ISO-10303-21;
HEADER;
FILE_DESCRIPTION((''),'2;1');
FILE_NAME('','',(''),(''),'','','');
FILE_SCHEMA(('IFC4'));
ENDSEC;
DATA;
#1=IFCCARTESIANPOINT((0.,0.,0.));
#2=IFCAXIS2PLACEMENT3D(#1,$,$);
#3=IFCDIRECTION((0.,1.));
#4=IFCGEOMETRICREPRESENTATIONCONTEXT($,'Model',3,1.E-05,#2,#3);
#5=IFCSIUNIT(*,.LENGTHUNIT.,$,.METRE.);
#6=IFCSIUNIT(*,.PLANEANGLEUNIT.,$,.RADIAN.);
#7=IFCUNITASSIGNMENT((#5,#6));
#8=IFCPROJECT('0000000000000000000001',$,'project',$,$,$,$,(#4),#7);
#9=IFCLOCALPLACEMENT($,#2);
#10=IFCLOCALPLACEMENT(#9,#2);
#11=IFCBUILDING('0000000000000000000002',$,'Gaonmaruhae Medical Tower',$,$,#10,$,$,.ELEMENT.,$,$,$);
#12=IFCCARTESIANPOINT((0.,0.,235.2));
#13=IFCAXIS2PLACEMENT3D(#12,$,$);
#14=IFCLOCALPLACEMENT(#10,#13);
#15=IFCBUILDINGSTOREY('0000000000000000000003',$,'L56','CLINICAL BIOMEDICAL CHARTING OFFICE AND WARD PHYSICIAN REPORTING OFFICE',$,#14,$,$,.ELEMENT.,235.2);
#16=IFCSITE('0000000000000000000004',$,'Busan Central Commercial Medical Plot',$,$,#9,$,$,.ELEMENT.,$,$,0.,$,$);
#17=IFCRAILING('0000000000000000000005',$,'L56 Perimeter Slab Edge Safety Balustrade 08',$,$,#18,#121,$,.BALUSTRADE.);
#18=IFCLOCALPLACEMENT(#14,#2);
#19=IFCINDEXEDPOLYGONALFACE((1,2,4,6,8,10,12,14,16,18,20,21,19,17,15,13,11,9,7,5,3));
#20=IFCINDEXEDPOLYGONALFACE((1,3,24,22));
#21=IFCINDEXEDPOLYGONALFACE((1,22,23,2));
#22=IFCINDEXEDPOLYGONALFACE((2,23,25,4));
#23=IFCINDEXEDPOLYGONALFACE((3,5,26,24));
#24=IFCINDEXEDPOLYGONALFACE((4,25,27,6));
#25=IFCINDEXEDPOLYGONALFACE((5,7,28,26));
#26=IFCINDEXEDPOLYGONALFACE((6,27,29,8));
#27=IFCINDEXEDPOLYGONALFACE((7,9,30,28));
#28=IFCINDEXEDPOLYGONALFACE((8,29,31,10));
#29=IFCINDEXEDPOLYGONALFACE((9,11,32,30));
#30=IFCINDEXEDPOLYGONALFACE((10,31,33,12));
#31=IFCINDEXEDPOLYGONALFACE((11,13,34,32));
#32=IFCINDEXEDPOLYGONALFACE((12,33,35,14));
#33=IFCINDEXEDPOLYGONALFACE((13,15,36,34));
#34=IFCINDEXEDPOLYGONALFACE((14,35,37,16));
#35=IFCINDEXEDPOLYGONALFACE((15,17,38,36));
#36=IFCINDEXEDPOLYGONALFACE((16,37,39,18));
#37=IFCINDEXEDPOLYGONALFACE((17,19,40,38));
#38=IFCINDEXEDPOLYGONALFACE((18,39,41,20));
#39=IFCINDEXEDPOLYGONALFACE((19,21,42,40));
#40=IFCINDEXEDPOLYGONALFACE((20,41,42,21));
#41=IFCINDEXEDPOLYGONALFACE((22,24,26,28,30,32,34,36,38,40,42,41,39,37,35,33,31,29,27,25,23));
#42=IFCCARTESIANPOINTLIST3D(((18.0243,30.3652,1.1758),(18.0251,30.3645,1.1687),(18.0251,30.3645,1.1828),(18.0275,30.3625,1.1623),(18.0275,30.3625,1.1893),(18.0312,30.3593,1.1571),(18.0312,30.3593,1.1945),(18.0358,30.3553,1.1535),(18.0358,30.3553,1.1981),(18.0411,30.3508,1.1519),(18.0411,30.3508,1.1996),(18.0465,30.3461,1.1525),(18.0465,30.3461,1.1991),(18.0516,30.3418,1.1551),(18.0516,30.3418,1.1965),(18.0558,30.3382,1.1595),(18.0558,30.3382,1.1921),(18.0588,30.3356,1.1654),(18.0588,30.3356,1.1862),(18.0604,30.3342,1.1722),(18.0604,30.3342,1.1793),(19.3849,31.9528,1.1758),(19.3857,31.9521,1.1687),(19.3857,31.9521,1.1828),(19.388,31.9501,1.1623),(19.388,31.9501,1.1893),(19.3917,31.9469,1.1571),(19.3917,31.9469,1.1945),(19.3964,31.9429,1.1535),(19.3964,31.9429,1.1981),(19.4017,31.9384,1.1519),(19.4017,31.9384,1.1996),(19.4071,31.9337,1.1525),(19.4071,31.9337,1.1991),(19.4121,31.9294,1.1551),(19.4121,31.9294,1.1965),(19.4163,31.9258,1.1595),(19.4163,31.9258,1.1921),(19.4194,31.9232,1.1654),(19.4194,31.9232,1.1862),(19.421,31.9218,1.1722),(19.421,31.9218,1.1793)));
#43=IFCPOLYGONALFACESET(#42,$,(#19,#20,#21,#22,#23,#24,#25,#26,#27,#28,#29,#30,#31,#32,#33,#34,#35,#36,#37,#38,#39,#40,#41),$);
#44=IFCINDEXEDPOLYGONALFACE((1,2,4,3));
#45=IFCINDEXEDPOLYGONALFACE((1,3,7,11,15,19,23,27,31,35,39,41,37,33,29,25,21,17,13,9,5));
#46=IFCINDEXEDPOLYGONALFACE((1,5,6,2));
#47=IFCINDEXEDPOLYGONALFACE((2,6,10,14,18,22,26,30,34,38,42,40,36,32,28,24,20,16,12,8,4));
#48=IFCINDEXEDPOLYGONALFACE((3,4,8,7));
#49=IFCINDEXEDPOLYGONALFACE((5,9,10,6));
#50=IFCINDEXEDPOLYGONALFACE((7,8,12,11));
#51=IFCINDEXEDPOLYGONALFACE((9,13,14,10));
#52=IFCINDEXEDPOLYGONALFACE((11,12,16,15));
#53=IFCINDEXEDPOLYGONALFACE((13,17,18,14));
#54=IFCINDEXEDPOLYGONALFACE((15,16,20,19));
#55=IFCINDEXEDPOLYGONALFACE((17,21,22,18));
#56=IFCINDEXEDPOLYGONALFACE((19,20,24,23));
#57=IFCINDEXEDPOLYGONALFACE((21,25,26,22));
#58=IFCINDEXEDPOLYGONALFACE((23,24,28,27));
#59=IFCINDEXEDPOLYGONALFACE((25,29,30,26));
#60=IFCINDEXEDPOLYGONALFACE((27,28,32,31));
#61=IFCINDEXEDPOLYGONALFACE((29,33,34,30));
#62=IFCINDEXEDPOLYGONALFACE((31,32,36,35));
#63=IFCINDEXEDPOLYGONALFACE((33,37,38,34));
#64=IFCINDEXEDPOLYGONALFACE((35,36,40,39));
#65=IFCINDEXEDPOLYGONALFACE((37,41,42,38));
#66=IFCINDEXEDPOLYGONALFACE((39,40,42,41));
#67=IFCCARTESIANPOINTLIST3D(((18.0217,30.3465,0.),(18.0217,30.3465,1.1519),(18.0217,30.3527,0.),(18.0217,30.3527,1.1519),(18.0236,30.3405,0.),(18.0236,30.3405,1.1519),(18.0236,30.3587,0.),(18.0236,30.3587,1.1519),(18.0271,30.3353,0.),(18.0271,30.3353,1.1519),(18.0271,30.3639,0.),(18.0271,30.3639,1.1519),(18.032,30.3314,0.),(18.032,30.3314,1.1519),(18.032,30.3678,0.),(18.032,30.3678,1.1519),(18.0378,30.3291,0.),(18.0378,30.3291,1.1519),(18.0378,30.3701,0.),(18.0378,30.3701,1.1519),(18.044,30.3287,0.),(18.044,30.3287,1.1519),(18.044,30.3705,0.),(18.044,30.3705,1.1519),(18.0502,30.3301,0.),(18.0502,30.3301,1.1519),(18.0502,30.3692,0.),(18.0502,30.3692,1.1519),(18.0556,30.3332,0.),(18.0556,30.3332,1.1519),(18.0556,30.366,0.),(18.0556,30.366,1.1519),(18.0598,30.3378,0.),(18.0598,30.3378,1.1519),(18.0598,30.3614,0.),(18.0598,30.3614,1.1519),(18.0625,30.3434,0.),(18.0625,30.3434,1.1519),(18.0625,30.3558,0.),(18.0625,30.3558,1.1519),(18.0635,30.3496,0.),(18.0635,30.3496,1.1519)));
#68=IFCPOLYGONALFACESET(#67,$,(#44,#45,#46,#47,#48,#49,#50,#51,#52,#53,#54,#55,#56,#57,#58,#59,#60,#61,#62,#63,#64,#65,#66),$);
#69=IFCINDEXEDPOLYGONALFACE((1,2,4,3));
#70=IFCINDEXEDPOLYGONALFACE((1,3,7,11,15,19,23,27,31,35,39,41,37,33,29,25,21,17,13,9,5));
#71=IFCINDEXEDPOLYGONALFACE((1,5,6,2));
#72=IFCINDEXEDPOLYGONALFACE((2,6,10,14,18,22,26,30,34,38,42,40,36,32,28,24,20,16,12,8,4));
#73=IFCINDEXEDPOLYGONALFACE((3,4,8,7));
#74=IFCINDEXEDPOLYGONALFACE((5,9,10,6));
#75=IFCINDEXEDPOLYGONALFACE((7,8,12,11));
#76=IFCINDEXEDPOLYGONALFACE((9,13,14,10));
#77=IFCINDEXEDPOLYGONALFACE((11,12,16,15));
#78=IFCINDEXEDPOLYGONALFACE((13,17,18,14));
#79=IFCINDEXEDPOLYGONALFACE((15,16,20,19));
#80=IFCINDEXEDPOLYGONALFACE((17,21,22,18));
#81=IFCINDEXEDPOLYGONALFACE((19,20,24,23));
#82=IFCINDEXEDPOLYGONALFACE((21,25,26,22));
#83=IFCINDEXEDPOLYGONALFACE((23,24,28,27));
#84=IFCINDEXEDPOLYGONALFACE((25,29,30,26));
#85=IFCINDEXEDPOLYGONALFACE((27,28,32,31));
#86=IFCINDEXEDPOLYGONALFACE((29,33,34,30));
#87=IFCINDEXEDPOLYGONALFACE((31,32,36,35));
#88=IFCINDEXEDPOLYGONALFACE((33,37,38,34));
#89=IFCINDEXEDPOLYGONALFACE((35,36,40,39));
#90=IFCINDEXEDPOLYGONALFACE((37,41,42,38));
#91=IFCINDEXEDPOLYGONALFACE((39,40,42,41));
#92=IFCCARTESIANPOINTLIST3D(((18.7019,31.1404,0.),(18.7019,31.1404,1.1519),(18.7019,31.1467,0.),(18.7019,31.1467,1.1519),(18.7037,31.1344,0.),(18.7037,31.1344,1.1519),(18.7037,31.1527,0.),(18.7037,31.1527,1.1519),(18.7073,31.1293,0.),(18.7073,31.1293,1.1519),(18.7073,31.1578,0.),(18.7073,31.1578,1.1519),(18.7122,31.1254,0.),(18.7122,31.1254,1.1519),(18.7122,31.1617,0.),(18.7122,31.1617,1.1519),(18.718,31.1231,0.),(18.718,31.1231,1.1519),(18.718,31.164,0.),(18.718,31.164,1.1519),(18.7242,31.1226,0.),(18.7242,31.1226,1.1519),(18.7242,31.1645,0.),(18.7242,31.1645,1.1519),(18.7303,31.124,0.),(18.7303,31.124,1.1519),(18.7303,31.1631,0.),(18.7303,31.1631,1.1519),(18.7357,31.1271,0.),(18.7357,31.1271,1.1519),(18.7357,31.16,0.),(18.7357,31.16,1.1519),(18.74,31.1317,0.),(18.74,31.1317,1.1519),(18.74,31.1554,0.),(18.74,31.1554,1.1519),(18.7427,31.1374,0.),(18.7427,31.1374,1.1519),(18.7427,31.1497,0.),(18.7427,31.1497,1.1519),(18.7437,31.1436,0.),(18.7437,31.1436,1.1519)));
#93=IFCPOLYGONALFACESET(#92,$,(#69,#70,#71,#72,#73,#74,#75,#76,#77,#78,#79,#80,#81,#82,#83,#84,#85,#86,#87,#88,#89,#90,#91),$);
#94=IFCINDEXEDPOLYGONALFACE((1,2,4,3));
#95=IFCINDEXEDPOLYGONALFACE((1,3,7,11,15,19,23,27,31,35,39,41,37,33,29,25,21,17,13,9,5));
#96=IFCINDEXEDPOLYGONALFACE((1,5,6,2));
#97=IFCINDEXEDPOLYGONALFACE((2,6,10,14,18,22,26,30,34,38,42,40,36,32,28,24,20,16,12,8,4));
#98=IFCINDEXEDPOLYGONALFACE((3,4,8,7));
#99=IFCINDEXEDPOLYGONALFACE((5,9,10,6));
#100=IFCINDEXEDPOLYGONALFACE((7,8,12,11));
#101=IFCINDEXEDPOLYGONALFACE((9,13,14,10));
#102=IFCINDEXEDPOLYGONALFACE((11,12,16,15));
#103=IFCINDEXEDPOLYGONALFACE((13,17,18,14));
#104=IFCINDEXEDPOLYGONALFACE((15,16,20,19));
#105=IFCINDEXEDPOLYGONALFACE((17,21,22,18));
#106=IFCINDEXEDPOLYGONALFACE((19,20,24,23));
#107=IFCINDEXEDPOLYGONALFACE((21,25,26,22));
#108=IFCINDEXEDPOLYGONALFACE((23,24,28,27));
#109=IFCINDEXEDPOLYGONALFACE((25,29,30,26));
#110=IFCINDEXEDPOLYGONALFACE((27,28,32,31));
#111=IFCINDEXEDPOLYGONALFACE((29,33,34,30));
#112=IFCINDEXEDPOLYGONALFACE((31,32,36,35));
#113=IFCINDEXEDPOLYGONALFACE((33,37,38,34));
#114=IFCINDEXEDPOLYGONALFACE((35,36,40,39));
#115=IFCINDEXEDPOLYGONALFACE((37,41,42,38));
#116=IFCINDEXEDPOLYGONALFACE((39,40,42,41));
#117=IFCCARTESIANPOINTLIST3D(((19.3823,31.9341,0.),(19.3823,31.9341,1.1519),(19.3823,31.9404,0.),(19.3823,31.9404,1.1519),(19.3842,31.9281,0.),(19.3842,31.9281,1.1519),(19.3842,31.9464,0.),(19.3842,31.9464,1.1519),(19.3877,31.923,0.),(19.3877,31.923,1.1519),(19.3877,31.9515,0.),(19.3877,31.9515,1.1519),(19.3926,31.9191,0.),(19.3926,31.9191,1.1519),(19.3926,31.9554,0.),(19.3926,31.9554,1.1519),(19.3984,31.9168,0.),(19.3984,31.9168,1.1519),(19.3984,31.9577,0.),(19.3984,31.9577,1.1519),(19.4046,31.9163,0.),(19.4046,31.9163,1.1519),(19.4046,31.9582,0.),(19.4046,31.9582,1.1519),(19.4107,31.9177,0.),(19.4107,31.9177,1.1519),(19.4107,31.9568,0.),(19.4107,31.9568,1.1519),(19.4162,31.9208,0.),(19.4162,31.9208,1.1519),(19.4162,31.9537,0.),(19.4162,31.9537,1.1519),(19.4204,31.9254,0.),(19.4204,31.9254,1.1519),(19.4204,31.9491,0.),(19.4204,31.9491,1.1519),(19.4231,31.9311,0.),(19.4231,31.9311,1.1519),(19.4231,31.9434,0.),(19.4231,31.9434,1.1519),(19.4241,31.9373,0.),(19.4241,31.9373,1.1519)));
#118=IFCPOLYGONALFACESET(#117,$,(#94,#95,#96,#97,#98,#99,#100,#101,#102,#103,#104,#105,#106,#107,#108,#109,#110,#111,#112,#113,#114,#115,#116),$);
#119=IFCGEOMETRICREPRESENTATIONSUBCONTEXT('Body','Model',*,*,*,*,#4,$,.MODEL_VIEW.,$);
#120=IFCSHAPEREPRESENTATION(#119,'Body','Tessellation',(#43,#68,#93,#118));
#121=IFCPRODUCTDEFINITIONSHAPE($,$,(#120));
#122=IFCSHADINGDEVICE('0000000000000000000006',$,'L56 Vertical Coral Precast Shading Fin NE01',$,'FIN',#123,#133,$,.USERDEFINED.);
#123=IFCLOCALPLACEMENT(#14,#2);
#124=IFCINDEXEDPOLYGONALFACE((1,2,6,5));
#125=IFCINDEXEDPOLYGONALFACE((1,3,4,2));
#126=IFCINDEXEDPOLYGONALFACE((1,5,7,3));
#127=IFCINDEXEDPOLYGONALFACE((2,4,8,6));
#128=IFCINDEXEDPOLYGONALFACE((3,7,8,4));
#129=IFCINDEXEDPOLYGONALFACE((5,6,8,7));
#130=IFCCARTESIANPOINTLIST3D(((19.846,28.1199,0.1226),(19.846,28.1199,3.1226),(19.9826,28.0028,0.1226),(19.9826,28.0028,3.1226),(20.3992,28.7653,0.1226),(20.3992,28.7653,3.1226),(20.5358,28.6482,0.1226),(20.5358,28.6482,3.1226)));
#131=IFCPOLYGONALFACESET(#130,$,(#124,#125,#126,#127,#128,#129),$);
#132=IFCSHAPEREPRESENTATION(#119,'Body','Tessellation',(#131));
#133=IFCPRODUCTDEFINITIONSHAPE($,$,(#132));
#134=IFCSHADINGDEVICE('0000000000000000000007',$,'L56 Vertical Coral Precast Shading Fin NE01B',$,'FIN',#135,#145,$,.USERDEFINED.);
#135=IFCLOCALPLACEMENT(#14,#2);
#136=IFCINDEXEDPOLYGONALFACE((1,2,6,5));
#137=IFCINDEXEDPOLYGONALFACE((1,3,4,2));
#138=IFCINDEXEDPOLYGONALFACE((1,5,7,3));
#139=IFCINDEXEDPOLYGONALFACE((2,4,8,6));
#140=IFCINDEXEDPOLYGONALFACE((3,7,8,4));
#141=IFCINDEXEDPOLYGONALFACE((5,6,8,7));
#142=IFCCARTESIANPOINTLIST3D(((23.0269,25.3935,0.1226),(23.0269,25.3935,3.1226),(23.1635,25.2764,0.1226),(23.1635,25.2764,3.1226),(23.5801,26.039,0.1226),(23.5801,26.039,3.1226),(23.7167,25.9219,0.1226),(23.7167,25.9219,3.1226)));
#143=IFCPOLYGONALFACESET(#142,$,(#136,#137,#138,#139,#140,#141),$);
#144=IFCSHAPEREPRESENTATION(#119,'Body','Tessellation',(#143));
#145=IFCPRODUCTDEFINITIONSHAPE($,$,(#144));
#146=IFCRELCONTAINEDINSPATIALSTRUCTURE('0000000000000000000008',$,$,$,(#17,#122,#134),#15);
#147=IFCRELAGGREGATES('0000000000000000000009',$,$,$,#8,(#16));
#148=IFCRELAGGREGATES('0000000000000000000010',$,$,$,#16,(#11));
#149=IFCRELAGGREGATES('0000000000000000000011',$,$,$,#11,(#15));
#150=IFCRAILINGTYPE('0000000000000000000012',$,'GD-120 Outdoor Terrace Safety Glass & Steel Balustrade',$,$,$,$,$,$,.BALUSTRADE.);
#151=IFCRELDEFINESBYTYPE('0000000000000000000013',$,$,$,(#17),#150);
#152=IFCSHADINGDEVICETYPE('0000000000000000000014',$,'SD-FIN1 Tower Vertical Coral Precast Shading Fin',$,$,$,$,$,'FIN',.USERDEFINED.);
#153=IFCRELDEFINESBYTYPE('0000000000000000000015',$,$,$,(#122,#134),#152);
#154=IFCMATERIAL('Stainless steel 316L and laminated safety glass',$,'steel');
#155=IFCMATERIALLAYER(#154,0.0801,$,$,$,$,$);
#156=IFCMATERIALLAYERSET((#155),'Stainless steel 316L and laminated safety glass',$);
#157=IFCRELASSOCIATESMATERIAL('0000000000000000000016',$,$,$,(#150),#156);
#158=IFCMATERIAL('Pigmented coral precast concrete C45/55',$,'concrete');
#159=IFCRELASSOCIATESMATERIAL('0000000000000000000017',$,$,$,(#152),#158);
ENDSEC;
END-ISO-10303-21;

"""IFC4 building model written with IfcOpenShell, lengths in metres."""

from ifc_helpers import new_model, si_unit, direction, frame, origin, origin_2d, place, context, subcontext, project, spatial, rectangle, circle, extrude, material, layer, layer_set, type_object, element, save


model = new_model("IFC4")

# Units and contexts
model_context = context("Model", 3, precision=1e-05, world=origin(), true_north=direction((0.0, 1.0)))
body_context = subcontext(model_context, "Body", "Model", "MODEL_VIEW")
ifc_project = project(units=[si_unit("LENGTHUNIT", "METRE"), si_unit("PLANEANGLEUNIT", "RADIAN")], contexts=[model_context])

# Site, building, storey
site_placement = place(None, origin())
site = spatial("IfcSite", under=ifc_project, at=site_placement, Name="Busan Central Commercial Medical Plot", CompositionType="ELEMENT", RefElevation=0.0)
building_placement = place(site_placement, origin())
building = spatial("IfcBuilding", under=site, at=building_placement, Name="Gaonmaruhae Medical Tower", CompositionType="ELEMENT")
storey_placement = place(building_placement, frame((0.0, 0.0, 235.2)))
storey = spatial("IfcBuildingStorey", under=building, at=storey_placement, Name="L56", Description="CLINICAL BIOMEDICAL CHARTING OFFICE AND WARD PHYSICIAN REPORTING OFFICE", CompositionType="ELEMENT", Elevation=235.2)

# Railing
ifc_material_1 = material(Name="Stainless steel 316L and laminated safety glass", Category="steel")
ifc_layer_1 = layer(ifc_material_1, 0.0801)
ifc_layer_set_1 = layer_set([ifc_layer_1], Name="Stainless steel 316L and laminated safety glass")
railing_type = type_object("IfcRailingType", Name="GD-120 Outdoor Terrace Safety Glass & Steel Balustrade", PredefinedType="BALUSTRADE", material=ifc_layer_set_1)
railing_1_placement = place(storey_placement, frame((18.0425, 30.3496, 0.0)))
element("IfcRailing", 1, at=railing_1_placement, inside=storey, type_object=railing_type, Name="L56 Perimeter Slab Edge Safety Balustrade 08", PredefinedType="BALUSTRADE", context=body_context, shape_type="SweptSolid", body=[
    extrude(circle(Radius=0.0239, at=origin_2d()), frame((0.0, 0.0, 1.1758), z_axis=(0.650724, 0.759314, 0.0), x_axis=(-0.759314, 0.650724, 0.0)), (0.0, 0.0, 1.0), 2.0908),
    extrude(circle(Radius=0.021, at=origin_2d()), origin(), (0.0, 0.0, 1.0), 1.1519),
    extrude(circle(Radius=0.021, at=origin_2d()), frame((0.6802, 0.7939, 0.0)), (0.0, 0.0, 1.0), 1.1519),
    extrude(circle(Radius=0.021, at=origin_2d()), frame((1.3606, 1.5876, 0.0)), (0.0, 0.0, 1.0), 1.1519),
])

# Shading devices
ifc_material_2 = material(Name="Pigmented coral precast concrete C45/55", Category="concrete")
shading_device_type = type_object("IfcShadingDeviceType", Name="SD-FIN1 Tower Vertical Coral Precast Shading Fin", ElementType="FIN", PredefinedType="USERDEFINED", material=ifc_material_2)
for number, where, z_axis, x_axis, name in (
    (2, (20.1909, 28.384, 0.1226), (0.0, 0.0, 1.0), (0.759271, -0.650774, 0.0), "L56 Vertical Coral Precast Shading Fin NE01"),
    (3, (23.3718, 25.6577, 0.1226), (0.0, 0.0, 1.0), (0.759271, -0.650774, 0.0), "L56 Vertical Coral Precast Shading Fin NE01B"),
):
    element("IfcShadingDevice", number, at=place(storey_placement, frame(where, z_axis=z_axis, x_axis=x_axis)), inside=storey, type_object=shading_device_type, Name=name, ObjectType="FIN", PredefinedType="USERDEFINED", context=body_context, shape_type="SweptSolid", body=[
        extrude(rectangle(XDim=0.1799, YDim=0.8501, at=origin_2d()), origin(), (0.0, 0.0, 1.0), 3.0),
    ])

save(model, "model.ifc")
